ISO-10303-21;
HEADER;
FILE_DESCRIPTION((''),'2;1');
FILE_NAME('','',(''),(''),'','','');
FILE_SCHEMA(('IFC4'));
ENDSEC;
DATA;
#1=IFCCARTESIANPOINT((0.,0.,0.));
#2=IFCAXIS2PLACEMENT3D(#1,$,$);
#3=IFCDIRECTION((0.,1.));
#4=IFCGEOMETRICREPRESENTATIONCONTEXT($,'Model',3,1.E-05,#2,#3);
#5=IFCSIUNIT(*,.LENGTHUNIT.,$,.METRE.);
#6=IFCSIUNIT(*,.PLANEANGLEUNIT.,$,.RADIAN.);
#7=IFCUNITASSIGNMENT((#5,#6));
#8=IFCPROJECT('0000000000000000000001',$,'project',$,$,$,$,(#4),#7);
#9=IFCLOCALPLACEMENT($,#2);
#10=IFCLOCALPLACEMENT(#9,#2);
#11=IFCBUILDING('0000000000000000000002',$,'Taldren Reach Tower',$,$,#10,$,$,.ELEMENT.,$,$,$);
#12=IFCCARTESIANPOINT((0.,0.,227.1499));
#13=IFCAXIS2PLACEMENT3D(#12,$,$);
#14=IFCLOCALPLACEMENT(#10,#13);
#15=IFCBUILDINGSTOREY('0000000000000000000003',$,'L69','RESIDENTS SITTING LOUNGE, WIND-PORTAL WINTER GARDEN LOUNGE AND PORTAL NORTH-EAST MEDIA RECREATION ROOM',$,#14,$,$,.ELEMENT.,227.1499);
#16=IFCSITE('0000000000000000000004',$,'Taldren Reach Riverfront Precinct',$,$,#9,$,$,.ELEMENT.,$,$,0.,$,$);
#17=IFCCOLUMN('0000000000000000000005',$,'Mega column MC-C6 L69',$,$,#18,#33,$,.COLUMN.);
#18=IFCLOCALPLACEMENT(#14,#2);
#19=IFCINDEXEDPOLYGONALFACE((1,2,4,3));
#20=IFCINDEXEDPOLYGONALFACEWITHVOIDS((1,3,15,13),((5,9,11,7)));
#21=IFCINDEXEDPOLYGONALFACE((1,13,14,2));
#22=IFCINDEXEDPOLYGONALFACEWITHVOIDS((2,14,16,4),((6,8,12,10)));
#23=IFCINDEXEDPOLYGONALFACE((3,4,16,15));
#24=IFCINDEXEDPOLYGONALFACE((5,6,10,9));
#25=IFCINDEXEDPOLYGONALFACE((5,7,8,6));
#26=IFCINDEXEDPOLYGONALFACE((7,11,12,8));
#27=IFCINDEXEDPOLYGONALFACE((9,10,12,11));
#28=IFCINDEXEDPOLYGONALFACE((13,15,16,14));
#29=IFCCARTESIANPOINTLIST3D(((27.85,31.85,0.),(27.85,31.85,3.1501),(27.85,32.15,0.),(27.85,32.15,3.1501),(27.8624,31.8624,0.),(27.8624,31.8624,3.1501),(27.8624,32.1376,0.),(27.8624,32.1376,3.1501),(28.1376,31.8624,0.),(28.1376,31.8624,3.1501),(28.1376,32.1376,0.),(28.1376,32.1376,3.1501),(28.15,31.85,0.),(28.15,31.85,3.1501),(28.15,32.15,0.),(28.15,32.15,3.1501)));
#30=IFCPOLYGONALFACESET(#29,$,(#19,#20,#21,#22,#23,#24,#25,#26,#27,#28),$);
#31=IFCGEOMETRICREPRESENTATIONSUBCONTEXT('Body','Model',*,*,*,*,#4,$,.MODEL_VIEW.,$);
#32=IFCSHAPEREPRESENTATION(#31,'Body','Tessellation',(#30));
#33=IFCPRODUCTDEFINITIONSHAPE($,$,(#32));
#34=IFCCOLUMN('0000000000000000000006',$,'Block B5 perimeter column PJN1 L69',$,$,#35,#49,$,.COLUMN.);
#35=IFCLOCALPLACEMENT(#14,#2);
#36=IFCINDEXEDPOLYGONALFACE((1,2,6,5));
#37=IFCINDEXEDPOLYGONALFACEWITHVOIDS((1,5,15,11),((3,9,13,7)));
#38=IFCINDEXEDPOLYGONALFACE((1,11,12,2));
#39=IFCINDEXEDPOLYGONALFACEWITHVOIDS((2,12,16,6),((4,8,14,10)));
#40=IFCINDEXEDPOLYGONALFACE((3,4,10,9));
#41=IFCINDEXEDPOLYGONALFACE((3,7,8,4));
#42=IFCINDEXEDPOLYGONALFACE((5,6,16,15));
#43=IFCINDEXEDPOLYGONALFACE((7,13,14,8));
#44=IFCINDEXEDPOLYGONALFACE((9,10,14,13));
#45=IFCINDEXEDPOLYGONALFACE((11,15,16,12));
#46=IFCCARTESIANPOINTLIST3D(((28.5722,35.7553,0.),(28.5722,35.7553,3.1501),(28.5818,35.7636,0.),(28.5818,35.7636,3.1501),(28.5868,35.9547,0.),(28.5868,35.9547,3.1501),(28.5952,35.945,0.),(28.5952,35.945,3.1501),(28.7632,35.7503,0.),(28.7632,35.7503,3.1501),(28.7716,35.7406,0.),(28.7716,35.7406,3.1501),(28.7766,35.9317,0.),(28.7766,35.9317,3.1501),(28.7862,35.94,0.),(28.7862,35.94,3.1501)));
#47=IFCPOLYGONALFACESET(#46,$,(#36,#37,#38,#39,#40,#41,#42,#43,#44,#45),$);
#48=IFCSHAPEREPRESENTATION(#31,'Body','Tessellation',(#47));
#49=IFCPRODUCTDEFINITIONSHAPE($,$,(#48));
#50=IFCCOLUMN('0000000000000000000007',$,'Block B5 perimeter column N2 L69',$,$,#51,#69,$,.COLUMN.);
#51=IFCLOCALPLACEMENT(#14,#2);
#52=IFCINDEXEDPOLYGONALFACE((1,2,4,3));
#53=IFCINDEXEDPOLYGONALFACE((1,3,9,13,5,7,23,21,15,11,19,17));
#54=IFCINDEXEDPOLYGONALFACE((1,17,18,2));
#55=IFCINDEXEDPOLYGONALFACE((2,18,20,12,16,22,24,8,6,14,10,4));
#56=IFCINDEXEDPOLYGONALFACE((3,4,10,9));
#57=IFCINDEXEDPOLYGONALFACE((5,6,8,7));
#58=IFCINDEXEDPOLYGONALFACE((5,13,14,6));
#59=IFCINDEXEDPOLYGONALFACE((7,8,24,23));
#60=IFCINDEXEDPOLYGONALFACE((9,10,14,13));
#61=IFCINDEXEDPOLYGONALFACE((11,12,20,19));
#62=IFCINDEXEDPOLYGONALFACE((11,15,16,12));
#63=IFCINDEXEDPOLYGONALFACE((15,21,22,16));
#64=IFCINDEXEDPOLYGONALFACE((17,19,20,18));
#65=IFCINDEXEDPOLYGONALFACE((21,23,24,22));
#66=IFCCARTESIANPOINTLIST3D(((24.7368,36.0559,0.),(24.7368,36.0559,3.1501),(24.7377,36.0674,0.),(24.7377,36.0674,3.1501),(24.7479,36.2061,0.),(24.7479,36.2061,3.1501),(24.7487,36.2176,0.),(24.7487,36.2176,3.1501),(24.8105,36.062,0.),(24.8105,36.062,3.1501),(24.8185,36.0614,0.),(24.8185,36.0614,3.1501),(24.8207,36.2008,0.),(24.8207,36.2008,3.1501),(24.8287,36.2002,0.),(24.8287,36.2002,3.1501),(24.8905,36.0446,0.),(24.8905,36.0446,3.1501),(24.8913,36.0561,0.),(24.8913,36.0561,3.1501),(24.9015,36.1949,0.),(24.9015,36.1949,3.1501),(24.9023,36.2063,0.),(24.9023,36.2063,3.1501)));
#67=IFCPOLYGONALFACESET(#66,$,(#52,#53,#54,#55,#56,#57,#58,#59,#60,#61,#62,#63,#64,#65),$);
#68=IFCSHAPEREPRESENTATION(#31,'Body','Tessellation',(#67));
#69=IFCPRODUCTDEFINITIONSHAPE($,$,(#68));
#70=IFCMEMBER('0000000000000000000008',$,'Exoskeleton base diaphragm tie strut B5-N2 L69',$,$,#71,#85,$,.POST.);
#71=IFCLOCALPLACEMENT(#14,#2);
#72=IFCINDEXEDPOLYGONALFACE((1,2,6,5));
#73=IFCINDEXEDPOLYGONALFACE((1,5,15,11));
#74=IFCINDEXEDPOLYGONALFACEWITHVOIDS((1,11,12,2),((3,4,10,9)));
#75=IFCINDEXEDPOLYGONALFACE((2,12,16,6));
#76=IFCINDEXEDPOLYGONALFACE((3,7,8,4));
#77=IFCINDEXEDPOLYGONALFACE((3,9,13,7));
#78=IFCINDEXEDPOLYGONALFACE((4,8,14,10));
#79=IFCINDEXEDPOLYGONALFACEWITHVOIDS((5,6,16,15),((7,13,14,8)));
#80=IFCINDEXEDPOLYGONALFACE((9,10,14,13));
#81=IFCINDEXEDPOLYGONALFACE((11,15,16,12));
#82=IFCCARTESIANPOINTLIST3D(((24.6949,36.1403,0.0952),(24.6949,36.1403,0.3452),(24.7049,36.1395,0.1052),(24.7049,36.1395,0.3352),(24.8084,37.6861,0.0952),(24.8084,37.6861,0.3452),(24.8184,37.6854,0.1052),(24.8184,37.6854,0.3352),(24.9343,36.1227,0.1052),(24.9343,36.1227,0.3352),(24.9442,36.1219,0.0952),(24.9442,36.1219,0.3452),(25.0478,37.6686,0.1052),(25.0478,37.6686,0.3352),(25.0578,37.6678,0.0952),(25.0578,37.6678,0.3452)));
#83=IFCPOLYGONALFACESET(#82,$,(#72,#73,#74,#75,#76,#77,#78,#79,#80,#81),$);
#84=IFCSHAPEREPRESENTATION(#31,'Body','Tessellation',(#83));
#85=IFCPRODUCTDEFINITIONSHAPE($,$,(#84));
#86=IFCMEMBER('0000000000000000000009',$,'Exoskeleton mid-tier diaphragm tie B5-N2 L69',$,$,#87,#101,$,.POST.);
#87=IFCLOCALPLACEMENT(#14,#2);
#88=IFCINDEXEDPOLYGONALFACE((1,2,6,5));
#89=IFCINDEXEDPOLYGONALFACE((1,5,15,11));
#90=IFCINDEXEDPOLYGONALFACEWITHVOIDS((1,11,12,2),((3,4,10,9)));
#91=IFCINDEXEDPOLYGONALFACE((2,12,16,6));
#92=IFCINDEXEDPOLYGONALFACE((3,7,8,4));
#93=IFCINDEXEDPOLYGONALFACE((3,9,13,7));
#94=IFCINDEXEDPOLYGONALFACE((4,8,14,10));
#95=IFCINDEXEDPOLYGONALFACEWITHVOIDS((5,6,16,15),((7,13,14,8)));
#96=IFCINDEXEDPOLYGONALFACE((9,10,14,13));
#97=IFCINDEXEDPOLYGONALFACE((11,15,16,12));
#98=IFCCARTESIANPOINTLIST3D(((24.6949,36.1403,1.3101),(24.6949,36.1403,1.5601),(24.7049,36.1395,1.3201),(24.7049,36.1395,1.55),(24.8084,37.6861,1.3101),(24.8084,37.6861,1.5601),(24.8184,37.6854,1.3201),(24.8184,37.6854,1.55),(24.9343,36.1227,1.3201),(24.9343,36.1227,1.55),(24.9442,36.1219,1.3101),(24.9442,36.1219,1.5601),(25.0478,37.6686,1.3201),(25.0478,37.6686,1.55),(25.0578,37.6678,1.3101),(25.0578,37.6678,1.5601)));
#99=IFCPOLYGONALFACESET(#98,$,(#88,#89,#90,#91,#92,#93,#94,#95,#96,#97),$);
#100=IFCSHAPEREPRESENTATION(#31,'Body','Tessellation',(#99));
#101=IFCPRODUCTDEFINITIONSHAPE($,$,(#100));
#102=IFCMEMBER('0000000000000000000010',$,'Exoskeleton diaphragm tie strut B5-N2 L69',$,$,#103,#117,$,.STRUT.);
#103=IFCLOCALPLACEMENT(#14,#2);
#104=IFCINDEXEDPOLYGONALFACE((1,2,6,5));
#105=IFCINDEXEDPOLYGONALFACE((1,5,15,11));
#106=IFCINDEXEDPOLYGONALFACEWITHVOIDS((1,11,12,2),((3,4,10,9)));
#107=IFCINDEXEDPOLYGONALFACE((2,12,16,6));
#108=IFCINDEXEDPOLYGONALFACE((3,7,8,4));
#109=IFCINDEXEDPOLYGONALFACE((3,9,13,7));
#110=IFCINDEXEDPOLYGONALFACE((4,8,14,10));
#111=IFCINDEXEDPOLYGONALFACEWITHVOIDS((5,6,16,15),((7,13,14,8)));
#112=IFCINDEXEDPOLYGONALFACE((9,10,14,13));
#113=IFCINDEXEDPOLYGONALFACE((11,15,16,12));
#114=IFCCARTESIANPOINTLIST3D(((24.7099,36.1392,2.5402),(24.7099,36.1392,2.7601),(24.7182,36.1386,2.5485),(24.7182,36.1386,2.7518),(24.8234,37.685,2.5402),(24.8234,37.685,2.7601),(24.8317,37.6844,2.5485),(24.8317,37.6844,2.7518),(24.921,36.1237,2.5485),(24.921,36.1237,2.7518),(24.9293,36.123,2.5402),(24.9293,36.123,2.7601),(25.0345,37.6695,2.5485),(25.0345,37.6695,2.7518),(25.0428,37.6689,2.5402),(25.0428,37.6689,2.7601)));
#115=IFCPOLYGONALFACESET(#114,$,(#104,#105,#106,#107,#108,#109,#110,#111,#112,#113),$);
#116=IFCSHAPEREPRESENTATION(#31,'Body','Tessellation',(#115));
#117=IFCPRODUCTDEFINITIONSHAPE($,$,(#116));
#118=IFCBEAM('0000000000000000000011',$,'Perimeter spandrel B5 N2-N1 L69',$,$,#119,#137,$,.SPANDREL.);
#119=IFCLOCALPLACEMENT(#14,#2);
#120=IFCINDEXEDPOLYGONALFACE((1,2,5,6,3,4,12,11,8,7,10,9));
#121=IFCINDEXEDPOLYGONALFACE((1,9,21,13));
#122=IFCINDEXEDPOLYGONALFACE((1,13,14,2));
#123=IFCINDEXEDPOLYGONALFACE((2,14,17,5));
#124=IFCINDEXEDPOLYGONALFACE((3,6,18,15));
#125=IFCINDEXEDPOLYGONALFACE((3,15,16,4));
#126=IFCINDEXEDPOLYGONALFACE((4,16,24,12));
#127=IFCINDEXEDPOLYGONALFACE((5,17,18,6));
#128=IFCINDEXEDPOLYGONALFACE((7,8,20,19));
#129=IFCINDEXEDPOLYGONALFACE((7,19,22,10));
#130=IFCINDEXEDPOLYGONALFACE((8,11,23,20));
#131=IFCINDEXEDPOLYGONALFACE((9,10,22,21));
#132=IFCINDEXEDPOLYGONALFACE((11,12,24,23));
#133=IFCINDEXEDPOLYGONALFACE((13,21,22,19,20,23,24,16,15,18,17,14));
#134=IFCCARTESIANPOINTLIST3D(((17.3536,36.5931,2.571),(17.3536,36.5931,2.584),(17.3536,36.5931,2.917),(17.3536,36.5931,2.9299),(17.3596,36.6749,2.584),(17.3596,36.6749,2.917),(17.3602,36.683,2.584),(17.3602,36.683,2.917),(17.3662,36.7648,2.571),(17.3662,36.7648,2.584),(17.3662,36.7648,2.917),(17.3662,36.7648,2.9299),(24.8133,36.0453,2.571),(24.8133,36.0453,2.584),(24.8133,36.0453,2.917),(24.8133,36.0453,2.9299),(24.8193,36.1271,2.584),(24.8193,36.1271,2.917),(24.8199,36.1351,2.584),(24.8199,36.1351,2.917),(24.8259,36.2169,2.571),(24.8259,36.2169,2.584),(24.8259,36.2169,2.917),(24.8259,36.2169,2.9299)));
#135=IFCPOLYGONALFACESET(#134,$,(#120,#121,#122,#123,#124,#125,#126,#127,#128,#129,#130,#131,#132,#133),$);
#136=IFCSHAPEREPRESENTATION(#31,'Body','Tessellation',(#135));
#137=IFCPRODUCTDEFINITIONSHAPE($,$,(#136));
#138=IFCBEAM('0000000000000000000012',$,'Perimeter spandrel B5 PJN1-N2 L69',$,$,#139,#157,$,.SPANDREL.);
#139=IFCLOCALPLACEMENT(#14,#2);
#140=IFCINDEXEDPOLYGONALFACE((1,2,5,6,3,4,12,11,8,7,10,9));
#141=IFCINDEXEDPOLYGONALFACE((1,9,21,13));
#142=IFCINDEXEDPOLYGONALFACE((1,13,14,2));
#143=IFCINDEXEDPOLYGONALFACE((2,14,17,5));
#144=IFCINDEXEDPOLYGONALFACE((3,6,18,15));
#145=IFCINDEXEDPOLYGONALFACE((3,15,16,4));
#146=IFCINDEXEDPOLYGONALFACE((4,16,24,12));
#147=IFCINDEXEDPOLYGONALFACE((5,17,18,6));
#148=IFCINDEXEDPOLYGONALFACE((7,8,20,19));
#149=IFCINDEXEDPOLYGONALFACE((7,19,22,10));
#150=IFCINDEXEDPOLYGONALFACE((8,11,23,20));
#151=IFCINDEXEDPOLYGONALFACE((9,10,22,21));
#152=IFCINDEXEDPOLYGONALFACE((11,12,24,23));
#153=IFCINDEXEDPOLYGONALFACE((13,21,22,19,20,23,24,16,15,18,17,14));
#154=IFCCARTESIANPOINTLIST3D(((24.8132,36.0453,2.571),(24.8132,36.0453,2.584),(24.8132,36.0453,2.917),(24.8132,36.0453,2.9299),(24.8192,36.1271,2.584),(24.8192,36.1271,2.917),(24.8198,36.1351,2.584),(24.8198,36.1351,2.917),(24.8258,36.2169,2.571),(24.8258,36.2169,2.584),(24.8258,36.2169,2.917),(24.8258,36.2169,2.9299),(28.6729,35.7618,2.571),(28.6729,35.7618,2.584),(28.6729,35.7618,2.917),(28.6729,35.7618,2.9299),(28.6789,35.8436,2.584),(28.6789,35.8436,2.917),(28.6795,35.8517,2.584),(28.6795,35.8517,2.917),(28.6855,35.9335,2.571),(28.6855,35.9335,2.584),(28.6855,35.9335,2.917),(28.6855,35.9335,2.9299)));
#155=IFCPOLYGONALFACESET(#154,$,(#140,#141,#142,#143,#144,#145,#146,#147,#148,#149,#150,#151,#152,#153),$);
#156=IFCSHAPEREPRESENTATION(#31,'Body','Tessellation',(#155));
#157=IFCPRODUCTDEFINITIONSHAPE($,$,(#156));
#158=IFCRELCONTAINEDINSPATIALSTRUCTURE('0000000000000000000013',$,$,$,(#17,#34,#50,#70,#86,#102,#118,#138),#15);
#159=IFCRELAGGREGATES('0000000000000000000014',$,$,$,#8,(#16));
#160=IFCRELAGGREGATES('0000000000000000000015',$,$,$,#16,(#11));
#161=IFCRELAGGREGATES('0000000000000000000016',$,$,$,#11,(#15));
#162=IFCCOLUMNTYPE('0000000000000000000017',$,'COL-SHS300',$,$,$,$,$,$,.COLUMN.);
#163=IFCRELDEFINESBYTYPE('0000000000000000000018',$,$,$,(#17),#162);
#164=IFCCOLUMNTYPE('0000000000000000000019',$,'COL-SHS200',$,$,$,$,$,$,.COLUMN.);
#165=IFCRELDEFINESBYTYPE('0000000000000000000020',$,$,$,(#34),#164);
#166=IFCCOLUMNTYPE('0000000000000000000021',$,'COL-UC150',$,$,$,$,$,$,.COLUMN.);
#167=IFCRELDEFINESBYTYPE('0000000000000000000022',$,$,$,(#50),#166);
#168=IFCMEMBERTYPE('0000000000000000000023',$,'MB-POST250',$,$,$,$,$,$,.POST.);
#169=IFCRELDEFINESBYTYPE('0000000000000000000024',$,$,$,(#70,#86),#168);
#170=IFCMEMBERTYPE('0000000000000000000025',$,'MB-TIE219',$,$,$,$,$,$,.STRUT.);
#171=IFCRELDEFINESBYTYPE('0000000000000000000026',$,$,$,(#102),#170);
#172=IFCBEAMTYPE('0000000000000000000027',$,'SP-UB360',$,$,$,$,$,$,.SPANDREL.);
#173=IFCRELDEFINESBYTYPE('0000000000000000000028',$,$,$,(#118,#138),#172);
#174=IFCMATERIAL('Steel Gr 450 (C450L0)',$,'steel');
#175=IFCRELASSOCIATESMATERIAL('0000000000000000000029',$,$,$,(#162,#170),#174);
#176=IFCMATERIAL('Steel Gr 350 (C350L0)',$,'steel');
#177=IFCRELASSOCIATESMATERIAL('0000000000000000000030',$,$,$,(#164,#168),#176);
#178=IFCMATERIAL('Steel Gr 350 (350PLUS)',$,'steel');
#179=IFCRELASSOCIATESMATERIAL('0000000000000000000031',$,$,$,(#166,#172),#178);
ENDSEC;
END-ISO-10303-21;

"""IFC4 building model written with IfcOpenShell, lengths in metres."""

from ifc_helpers import new_model, si_unit, direction, frame, origin, origin_2d, place, context, subcontext, project, spatial, hollow_rectangle, i_section, extrude, source, transform, mapped, material, material_profile, profile_set, type_object, element, save


model = new_model("IFC4")

# Units and contexts
model_context = context("Model", 3, precision=1e-05, world=origin(), true_north=direction((0.0, 1.0)))
body_context = subcontext(model_context, "Body", "Model", "MODEL_VIEW")
ifc_project = project(units=[si_unit("LENGTHUNIT", "METRE"), si_unit("PLANEANGLEUNIT", "RADIAN")], contexts=[model_context])

# Site, building, storey
site_placement = place(None, origin())
site = spatial("IfcSite", under=ifc_project, at=site_placement, Name="Taldren Reach Riverfront Precinct", CompositionType="ELEMENT", RefElevation=0.0)
building_placement = place(site_placement, origin())
building = spatial("IfcBuilding", under=site, at=building_placement, Name="Taldren Reach Tower", CompositionType="ELEMENT")
storey_placement = place(building_placement, frame((0.0, 0.0, 227.1499)))
storey = spatial("IfcBuildingStorey", under=building, at=storey_placement, Name="L69", Description="RESIDENTS SITTING LOUNGE, WIND-PORTAL WINTER GARDEN LOUNGE AND PORTAL NORTH-EAST MEDIA RECREATION ROOM", CompositionType="ELEMENT", Elevation=227.1499)

# Columns
ifc_material_1 = material(Name="Steel Gr 450 (C450L0)", Category="steel")
ifc_material_profile_1 = material_profile(ifc_material_1, hollow_rectangle(XDim=0.3, YDim=0.3, WallThickness=0.0125, at=origin_2d()), Name="300x300x12.5SHS")
ifc_profile_set_1 = profile_set([ifc_material_profile_1], Name="Steel Gr 450 (C450L0)")
column_type_1 = type_object("IfcColumnType", Name="COL-SHS300", PredefinedType="COLUMN", material=ifc_profile_set_1)
shared_shape_1 = source(origin(), body_context, "Body", "SweptSolid", [
    extrude(hollow_rectangle(XDim=0.3, YDim=0.3, WallThickness=0.0125, at=origin_2d()), origin(), (0.0, 0.0, 1.0), 3.1501),
])
column_1_placement = place(storey_placement, frame((28.0, 32.0, 0.0), z_axis=(0.0, 0.0, 1.0), x_axis=(1.0, 0.0, 0.0)))
element("IfcColumn", 1, at=column_1_placement, inside=storey, type_object=column_type_1, Name="Mega column MC-C6 L69", PredefinedType="COLUMN", context=body_context, shape_type="MappedRepresentation", body=[
    mapped(shared_shape_1, transform((0.0, 0.0, 0.0), scale=1.0)),
])
ifc_material_2 = material(Name="Steel Gr 350 (C350L0)", Category="steel")
ifc_material_profile_2 = material_profile(ifc_material_2, hollow_rectangle(XDim=0.2, YDim=0.2, WallThickness=0.009, at=origin_2d()), Name="200x200x9.0SHS")
ifc_profile_set_2 = profile_set([ifc_material_profile_2], Name="Steel Gr 350 (C350L0)")
column_type_2 = type_object("IfcColumnType", Name="COL-SHS200", PredefinedType="COLUMN", material=ifc_profile_set_2)
shared_shape_2 = source(origin(), body_context, "Body", "SweptSolid", [
    extrude(hollow_rectangle(XDim=0.2, YDim=0.2, WallThickness=0.009, at=origin_2d()), origin(), (0.0, 0.0, 1.0), 3.1501),
])
column_2_placement = place(storey_placement, frame((28.6792, 35.8477, 0.0), z_axis=(0.0, 0.0, 1.0), x_axis=(0.997314, -0.073238, 0.0)))
element("IfcColumn", 2, at=column_2_placement, inside=storey, type_object=column_type_2, Name="Block B5 perimeter column PJN1 L69", PredefinedType="COLUMN", context=body_context, shape_type="MappedRepresentation", body=[
    mapped(shared_shape_2, transform((0.0, 0.0, 0.0), scale=1.0)),
])
ifc_material_3 = material(Name="Steel Gr 350 (350PLUS)", Category="steel")
ifc_material_profile_3 = material_profile(ifc_material_3, i_section(OverallWidth=0.1541, OverallDepth=0.1621, WebThickness=0.0081, FlangeThickness=0.0115, at=origin_2d()), Name="150UC37.2")
ifc_profile_set_3 = profile_set([ifc_material_profile_3], Name="Steel Gr 350 (350PLUS)")
column_type_3 = type_object("IfcColumnType", Name="COL-UC150", PredefinedType="COLUMN", material=ifc_profile_set_3)
shared_shape_3 = source(origin(), body_context, "Body", "SweptSolid", [
    extrude(i_section(OverallWidth=0.1541, OverallDepth=0.1621, WebThickness=0.0081, FlangeThickness=0.0115, at=origin_2d()), origin(), (0.0, 0.0, 1.0), 3.1501),
])
column_3_placement = place(storey_placement, frame((24.8196, 36.1311, 0.0), z_axis=(0.0, 0.0, 1.0), x_axis=(0.997314, -0.073238, 0.0)))
element("IfcColumn", 3, at=column_3_placement, inside=storey, type_object=column_type_3, Name="Block B5 perimeter column N2 L69", PredefinedType="COLUMN", context=body_context, shape_type="MappedRepresentation", body=[
    mapped(shared_shape_3, transform((0.0, 0.0, 0.0), scale=1.0)),
])

# Members
ifc_material_profile_4 = material_profile(ifc_material_2, hollow_rectangle(XDim=0.25, YDim=0.25, WallThickness=0.01, at=origin_2d()), Name="250x250x10.0SHS")
ifc_profile_set_4 = profile_set([ifc_material_profile_4], Name="Steel Gr 350 (C350L0)")
member_type_1 = type_object("IfcMemberType", Name="MB-POST250", PredefinedType="POST", material=ifc_profile_set_4)
shared_shape_4 = source(origin(), body_context, "Body", "SweptSolid", [
    extrude(hollow_rectangle(XDim=0.25, YDim=0.25, WallThickness=0.01, at=origin_2d()), origin(), (0.0, 0.0, 1.0), 1.55),
])
for number, where, z_axis, x_axis, name in (
    (4, (24.8196, 36.1311, 0.2202), (0.073239, 0.997314, 0.0), (-0.997314, 0.073239, 0.0), "Exoskeleton base diaphragm tie strut B5-N2 L69"),
    (5, (24.8196, 36.1311, 1.4351), (0.073239, 0.997314, 0.0), (-0.997314, 0.073239, 0.0), "Exoskeleton mid-tier diaphragm tie B5-N2 L69"),
):
    element("IfcMember", number, at=place(storey_placement, frame(where, z_axis=z_axis, x_axis=x_axis)), inside=storey, type_object=member_type_1, Name=name, PredefinedType="POST", context=body_context, shape_type="MappedRepresentation", body=[
        mapped(shared_shape_4, transform((0.0, 0.0, 0.0), scale=1.0)),
    ])
ifc_material_profile_5 = material_profile(ifc_material_1, hollow_rectangle(XDim=0.22, YDim=0.22, WallThickness=0.0083, at=origin_2d()), Name="220x220x8.2SHS")
ifc_profile_set_5 = profile_set([ifc_material_profile_5], Name="Steel Gr 450 (C450L0)")
member_type_2 = type_object("IfcMemberType", Name="MB-TIE219", PredefinedType="STRUT", material=ifc_profile_set_5)
shared_shape_5 = source(origin(), body_context, "Body", "SweptSolid", [
    extrude(hollow_rectangle(XDim=0.22, YDim=0.22, WallThickness=0.0083, at=origin_2d()), origin(), (0.0, 0.0, 1.0), 1.55),
])
member_1_placement = place(storey_placement, frame((24.8196, 36.1311, 2.6501), z_axis=(0.073239, 0.997314, 0.0), x_axis=(-0.997314, 0.073239, 0.0)))
element("IfcMember", 6, at=member_1_placement, inside=storey, type_object=member_type_2, Name="Exoskeleton diaphragm tie strut B5-N2 L69", PredefinedType="STRUT", context=body_context, shape_type="MappedRepresentation", body=[
    mapped(shared_shape_5, transform((0.0, 0.0, 0.0), scale=1.0)),
])

# Beams
ifc_material_profile_6 = material_profile(ifc_material_3, i_section(OverallWidth=0.1721, OverallDepth=0.3589, WebThickness=0.0081, FlangeThickness=0.0129, at=origin_2d()), Name="360UB56.7")
ifc_profile_set_6 = profile_set([ifc_material_profile_6], Name="Steel Gr 350 (350PLUS)")
beam_type_1 = type_object("IfcBeamType", Name="SP-UB360", PredefinedType="SPANDREL", material=ifc_profile_set_6)
shared_shape_6 = source(origin(), body_context, "Body", "SweptSolid", [
    extrude(i_section(OverallWidth=0.1721, OverallDepth=0.3589, WebThickness=0.0081, FlangeThickness=0.0129, at=origin_2d()), origin(), (0.0, 0.0, 1.0), 7.4797),
])
beam_1_placement = place(storey_placement, frame((24.8196, 36.1311, 2.7505), z_axis=(-0.997314, 0.073244, 0.0), x_axis=(-0.073244, -0.997314, 0.0)))
element("IfcBeam", 7, at=beam_1_placement, inside=storey, type_object=beam_type_1, Name="Perimeter spandrel B5 N2-N1 L69", PredefinedType="SPANDREL", context=body_context, shape_type="MappedRepresentation", body=[
    mapped(shared_shape_6, transform((0.0, 0.0, 0.0), scale=1.0)),
])
shared_shape_7 = source(origin(), body_context, "Body", "SweptSolid", [
    extrude(i_section(OverallWidth=0.1721, OverallDepth=0.3589, WebThickness=0.0081, FlangeThickness=0.0129, at=origin_2d()), origin(), (0.0, 0.0, 1.0), 3.8701),
])
beam_2_placement = place(storey_placement, frame((28.6792, 35.8477, 2.7505), z_axis=(-0.997314, 0.073242, 0.0), x_axis=(-0.073242, -0.997314, 0.0)))
element("IfcBeam", 8, at=beam_2_placement, inside=storey, type_object=beam_type_1, Name="Perimeter spandrel B5 PJN1-N2 L69", PredefinedType="SPANDREL", context=body_context, shape_type="MappedRepresentation", body=[
    mapped(shared_shape_7, transform((0.0, 0.0, 0.0), scale=1.0)),
])

save(model, "model.ifc")
